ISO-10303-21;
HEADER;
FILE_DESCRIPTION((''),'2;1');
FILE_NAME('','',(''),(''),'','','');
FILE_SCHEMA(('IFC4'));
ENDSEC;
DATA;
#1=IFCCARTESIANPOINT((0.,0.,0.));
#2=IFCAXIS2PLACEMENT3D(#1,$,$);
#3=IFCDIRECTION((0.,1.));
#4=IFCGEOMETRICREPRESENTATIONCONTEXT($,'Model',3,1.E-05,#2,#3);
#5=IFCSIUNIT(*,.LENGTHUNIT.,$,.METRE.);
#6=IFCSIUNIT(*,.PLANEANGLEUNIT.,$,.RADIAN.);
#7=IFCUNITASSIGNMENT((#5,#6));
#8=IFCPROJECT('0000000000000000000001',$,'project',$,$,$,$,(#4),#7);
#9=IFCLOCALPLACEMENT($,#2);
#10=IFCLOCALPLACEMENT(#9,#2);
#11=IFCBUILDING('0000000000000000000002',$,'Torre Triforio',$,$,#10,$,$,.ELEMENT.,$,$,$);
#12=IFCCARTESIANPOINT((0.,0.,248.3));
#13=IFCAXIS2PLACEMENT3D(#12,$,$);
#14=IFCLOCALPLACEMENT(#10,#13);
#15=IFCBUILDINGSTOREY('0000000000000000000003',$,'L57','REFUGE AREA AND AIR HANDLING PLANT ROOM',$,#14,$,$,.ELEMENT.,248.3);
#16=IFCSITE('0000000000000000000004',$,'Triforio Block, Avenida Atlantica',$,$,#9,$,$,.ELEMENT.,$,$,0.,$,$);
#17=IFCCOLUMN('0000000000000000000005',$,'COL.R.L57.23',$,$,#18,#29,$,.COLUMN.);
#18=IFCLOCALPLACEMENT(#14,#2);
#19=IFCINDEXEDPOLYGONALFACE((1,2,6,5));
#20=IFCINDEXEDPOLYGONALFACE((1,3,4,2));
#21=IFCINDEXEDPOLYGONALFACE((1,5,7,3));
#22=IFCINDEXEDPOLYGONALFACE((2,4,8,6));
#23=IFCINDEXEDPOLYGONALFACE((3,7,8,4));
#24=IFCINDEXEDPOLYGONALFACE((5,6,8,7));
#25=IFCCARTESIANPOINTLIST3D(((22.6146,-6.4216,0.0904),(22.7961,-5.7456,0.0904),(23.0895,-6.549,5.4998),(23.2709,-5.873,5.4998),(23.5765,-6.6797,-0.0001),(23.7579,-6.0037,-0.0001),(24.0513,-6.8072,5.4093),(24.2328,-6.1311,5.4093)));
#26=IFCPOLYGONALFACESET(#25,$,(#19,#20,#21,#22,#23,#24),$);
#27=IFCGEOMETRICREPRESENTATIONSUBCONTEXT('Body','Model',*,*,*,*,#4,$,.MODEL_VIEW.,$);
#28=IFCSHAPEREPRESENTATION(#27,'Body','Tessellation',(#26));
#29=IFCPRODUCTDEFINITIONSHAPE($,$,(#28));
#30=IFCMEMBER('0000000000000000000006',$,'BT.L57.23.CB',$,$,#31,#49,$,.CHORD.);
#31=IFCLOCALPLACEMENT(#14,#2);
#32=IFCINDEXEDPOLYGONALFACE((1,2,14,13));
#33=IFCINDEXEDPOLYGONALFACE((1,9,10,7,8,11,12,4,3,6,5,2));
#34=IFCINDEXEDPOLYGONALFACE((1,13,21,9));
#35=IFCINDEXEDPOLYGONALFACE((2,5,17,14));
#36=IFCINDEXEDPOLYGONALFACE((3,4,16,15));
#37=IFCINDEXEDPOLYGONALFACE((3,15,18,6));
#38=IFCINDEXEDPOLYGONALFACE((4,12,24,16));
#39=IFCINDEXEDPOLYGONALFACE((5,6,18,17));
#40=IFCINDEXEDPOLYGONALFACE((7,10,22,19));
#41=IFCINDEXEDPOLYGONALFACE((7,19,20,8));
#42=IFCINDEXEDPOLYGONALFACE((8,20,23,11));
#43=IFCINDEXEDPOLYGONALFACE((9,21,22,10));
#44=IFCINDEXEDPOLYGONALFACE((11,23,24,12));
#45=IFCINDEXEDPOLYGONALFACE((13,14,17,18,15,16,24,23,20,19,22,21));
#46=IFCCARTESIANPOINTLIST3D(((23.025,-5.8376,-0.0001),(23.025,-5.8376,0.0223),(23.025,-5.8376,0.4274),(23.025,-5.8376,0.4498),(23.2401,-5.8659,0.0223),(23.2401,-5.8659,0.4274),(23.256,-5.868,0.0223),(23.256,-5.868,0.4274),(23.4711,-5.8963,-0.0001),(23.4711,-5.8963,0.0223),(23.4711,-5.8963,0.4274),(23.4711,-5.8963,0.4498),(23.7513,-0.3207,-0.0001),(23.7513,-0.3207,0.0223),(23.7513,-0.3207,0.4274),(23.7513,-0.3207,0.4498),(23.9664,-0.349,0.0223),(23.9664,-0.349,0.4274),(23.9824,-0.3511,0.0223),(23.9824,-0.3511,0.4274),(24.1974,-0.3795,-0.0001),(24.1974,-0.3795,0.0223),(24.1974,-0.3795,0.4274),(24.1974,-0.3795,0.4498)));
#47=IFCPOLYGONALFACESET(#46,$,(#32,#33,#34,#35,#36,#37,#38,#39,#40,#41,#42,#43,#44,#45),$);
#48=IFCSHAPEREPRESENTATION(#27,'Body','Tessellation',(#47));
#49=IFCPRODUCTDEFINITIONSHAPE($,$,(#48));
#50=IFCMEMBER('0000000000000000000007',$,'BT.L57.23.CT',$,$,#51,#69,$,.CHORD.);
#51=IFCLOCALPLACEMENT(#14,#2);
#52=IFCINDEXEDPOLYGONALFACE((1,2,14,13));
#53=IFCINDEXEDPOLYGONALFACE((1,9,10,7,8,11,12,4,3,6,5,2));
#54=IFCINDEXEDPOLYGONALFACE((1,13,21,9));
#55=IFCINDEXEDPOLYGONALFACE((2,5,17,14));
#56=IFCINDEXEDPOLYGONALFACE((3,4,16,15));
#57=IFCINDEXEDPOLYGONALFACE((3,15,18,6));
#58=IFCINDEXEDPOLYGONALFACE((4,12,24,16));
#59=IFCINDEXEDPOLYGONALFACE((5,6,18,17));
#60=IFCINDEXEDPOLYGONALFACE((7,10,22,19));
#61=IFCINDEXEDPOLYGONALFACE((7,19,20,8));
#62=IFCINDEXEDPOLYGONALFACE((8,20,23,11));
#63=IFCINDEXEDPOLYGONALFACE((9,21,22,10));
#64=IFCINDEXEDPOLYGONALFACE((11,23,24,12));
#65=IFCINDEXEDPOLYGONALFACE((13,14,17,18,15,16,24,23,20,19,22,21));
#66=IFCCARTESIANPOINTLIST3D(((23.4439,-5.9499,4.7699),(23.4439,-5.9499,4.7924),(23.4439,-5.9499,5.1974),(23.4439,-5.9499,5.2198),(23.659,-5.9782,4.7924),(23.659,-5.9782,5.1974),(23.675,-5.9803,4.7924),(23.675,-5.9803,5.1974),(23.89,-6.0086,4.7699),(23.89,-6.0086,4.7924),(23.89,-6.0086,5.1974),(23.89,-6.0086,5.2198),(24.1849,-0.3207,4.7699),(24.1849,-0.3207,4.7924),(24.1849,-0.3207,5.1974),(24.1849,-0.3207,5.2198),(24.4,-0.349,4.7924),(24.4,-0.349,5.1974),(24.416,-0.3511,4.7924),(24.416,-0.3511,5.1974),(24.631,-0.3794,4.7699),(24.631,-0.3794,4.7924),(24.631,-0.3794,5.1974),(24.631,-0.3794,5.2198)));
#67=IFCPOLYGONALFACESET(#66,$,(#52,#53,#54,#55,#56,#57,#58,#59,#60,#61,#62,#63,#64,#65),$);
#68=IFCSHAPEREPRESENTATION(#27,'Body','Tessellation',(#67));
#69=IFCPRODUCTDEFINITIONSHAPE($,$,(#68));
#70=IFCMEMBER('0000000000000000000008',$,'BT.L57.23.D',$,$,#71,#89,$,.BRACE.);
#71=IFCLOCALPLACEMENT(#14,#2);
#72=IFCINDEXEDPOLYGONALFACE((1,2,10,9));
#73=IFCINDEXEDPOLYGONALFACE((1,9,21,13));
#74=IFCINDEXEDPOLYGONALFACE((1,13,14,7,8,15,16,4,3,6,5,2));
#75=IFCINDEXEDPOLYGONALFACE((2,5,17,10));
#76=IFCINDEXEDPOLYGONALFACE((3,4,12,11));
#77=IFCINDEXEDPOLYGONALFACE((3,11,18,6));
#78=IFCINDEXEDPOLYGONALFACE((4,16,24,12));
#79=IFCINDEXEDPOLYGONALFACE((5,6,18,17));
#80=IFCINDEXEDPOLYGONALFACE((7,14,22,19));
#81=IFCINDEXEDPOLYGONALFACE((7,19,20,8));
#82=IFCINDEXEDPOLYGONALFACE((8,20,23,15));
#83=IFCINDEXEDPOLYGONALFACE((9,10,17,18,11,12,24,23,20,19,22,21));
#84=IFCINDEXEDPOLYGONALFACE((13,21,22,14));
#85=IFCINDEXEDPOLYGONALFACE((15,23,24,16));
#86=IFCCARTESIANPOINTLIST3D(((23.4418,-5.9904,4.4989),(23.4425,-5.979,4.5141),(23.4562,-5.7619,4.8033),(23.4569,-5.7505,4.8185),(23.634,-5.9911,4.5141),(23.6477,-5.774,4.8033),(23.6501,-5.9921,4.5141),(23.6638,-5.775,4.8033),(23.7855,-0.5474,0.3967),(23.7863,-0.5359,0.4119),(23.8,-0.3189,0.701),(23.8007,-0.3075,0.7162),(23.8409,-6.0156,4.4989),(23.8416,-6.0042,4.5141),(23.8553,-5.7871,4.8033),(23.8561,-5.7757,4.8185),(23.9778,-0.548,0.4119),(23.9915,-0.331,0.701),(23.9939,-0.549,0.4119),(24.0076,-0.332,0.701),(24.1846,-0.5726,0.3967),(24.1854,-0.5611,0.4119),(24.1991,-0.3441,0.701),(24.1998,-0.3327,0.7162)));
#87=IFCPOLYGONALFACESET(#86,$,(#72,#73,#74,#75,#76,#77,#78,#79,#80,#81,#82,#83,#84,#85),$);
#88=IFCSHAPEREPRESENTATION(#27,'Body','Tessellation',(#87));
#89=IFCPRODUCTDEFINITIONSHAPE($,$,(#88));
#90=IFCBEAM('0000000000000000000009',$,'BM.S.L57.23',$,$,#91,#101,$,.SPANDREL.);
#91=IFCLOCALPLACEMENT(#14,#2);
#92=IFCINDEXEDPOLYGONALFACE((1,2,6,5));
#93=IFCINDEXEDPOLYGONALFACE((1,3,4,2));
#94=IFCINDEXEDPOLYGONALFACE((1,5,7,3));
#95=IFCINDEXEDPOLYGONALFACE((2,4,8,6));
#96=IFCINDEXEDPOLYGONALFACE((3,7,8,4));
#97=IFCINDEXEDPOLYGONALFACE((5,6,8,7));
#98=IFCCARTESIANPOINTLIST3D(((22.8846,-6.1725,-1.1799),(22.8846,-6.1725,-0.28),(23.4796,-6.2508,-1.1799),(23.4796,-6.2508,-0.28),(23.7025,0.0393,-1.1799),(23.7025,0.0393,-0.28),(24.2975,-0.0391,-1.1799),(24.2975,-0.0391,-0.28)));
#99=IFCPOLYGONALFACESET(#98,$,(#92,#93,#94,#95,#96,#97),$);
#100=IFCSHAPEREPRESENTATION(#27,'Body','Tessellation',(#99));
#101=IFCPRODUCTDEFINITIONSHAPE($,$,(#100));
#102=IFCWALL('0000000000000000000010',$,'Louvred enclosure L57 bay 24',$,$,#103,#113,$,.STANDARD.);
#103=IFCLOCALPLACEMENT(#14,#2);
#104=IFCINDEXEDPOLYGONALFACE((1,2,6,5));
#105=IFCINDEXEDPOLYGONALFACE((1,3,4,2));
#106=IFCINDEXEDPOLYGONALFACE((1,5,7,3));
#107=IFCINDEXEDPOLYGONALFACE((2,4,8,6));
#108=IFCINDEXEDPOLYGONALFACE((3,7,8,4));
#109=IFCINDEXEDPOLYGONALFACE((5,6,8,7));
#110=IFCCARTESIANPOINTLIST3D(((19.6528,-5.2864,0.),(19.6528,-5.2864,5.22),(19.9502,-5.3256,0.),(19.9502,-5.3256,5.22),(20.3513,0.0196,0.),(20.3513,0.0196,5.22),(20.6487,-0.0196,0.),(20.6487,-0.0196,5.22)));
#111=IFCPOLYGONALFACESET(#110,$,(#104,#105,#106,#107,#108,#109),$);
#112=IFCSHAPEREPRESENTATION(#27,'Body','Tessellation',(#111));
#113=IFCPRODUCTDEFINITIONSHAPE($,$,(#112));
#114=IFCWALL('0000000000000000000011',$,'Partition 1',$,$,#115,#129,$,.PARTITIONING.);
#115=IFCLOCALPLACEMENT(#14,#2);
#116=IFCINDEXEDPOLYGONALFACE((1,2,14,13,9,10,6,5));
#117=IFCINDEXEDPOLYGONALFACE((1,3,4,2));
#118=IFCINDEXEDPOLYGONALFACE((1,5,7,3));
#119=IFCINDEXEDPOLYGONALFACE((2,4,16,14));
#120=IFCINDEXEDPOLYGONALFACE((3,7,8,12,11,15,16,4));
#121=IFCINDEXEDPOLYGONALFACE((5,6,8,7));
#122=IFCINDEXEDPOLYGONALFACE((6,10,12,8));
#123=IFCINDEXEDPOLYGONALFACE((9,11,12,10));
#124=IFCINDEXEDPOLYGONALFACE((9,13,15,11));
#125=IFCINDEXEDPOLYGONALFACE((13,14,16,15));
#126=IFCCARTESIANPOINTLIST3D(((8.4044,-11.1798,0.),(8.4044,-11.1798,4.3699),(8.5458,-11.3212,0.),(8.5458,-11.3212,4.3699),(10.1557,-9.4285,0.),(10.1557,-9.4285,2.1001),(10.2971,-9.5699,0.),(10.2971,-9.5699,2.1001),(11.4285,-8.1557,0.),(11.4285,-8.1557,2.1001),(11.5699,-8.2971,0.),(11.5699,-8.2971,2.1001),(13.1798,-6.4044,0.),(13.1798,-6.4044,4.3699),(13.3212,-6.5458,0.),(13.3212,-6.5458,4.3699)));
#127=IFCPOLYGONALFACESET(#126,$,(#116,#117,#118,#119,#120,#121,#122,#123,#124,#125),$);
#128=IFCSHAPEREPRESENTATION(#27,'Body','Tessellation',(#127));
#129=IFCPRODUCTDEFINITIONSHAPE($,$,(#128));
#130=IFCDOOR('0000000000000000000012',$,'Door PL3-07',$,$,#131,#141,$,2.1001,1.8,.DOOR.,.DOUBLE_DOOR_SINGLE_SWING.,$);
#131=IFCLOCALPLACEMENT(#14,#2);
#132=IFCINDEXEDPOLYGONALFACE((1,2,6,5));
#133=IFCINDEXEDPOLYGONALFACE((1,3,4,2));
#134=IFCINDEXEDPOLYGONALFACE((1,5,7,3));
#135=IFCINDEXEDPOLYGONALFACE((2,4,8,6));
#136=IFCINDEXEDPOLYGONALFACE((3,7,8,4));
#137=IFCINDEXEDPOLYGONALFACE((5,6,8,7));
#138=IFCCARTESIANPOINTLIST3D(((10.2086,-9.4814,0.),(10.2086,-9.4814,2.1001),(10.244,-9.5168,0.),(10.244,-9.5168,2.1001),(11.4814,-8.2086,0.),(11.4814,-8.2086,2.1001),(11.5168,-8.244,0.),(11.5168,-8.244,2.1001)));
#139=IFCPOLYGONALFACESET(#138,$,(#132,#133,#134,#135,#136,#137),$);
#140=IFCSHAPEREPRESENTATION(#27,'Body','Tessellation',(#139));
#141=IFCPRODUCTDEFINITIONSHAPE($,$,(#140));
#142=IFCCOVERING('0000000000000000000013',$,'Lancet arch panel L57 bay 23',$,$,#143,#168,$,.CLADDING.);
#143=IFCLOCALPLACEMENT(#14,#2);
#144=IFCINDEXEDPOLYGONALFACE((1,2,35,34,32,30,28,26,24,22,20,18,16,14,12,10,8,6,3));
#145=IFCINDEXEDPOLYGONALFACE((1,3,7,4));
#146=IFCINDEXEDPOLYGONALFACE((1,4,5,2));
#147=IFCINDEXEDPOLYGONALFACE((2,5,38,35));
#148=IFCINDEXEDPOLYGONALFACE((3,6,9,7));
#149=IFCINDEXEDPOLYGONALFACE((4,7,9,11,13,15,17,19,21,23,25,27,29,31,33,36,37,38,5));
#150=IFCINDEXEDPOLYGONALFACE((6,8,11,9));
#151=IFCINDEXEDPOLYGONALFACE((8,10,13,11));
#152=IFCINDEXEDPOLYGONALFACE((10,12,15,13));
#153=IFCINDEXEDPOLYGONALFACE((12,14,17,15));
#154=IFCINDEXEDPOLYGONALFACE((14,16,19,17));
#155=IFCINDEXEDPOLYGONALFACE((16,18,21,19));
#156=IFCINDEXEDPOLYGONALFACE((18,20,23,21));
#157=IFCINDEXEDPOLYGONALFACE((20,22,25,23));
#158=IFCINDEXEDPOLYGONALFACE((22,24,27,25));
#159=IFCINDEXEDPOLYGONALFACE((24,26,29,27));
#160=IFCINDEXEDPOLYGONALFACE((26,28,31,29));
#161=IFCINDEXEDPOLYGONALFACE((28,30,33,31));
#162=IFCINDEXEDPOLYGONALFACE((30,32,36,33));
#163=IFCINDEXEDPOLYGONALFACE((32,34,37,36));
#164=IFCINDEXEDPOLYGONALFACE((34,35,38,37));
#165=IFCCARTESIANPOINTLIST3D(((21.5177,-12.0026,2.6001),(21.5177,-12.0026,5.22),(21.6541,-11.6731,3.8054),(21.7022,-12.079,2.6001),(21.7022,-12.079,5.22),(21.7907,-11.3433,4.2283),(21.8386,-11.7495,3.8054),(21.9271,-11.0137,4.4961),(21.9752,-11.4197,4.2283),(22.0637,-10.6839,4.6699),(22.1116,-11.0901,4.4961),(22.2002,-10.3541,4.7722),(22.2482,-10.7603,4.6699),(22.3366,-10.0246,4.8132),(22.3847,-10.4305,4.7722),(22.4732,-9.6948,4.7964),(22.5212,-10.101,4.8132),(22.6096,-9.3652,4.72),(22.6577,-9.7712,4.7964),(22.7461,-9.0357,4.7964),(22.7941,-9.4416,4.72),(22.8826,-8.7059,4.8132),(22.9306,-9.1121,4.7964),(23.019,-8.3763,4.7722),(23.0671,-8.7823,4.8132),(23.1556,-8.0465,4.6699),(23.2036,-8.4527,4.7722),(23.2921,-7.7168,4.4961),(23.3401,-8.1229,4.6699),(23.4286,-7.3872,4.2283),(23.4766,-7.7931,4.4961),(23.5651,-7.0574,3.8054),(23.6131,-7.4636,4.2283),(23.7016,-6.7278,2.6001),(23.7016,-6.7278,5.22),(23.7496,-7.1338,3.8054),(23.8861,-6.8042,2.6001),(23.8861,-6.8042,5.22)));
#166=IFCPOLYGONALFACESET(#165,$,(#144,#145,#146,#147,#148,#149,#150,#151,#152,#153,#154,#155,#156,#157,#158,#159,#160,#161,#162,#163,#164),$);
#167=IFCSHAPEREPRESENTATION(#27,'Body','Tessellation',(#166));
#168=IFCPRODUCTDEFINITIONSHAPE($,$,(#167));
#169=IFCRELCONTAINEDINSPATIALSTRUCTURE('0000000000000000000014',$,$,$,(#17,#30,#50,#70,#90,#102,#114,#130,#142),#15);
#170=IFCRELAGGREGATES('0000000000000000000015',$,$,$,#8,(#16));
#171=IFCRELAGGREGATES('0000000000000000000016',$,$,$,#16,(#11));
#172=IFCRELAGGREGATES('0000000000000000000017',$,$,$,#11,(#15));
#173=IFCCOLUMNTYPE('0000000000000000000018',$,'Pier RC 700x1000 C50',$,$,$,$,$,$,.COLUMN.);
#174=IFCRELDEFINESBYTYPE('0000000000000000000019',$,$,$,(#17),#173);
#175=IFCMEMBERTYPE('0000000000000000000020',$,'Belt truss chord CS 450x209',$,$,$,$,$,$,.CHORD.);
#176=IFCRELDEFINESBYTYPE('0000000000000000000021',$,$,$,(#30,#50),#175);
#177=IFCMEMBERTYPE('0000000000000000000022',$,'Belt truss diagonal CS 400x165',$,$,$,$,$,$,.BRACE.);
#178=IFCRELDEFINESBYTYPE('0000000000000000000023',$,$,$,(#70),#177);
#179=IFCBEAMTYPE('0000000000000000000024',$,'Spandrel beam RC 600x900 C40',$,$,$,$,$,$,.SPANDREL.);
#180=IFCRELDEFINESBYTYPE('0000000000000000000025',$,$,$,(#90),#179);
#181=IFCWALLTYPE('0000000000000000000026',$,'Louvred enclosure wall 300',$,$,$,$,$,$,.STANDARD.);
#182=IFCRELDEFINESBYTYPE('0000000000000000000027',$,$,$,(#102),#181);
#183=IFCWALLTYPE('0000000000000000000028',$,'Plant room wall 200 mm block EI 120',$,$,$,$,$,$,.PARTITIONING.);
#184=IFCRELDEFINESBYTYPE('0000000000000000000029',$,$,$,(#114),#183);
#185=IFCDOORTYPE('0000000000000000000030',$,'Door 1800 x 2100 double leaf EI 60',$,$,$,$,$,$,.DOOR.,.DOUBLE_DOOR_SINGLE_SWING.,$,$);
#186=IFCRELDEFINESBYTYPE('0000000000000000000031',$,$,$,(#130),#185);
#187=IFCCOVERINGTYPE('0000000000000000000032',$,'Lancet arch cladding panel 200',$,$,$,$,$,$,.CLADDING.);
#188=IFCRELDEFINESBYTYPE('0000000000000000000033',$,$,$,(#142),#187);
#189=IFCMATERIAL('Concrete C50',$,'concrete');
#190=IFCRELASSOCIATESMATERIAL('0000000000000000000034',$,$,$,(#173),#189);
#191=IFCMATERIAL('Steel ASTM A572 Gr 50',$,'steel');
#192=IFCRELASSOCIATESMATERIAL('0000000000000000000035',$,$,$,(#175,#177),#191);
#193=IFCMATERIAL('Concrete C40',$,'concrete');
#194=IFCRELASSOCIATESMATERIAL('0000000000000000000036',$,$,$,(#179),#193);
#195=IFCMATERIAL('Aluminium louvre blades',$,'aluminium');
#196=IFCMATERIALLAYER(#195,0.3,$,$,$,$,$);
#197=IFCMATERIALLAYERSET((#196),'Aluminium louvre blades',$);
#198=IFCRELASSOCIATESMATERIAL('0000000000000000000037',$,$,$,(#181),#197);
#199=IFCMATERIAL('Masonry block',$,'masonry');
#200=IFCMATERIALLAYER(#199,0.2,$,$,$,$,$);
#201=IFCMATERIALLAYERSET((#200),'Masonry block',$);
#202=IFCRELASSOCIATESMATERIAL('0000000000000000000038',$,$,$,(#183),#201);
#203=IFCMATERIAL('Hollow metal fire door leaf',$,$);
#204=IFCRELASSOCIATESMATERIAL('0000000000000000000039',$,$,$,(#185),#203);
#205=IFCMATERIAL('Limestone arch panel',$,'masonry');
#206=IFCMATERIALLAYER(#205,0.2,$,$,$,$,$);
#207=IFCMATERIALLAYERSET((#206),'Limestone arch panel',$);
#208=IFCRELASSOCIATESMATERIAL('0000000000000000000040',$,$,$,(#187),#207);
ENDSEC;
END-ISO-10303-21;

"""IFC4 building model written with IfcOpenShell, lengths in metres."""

from ifc_helpers import new_model, si_unit, direction, frame, frame_2d, origin, origin_2d, place, context, subcontext, project, spatial, polyline, rectangle, i_section, outline, extrude, material, layer, layer_set, material_profile, profile_set, type_object, element, fill, save


model = new_model("IFC4")

# Units and contexts
model_context = context("Model", 3, precision=1e-05, world=origin(), true_north=direction((0.0, 1.0)))
body_context = subcontext(model_context, "Body", "Model", "MODEL_VIEW")
ifc_project = project(units=[si_unit("LENGTHUNIT", "METRE"), si_unit("PLANEANGLEUNIT", "RADIAN")], contexts=[model_context])

# Site, building, storey
site_placement = place(None, origin())
site = spatial("IfcSite", under=ifc_project, at=site_placement, Name="Triforio Block, Avenida Atlantica", CompositionType="ELEMENT", RefElevation=0.0)
building_placement = place(site_placement, origin())
building = spatial("IfcBuilding", under=site, at=building_placement, Name="Torre Triforio", CompositionType="ELEMENT")
storey_placement = place(building_placement, frame((0.0, 0.0, 248.3)))
storey = spatial("IfcBuildingStorey", under=building, at=storey_placement, Name="L57", Description="REFUGE AREA AND AIR HANDLING PLANT ROOM", CompositionType="ELEMENT", Elevation=248.3)

# Column
ifc_material_1 = material(Name="Concrete C50", Category="concrete")
ifc_material_profile_1 = material_profile(ifc_material_1, rectangle(XDim=0.7, YDim=1.0, at=origin_2d()), Name="RC 700x1000")
ifc_profile_set_1 = profile_set([ifc_material_profile_1], Name="Concrete C50")
column_type = type_object("IfcColumnType", Name="Pier RC 700x1000 C50", PredefinedType="COLUMN", material=ifc_profile_set_1)
column_placement = place(storey_placement, frame((23.1863, -6.2126, 0.0452), z_axis=(0.087422, -0.023462, 0.995895), x_axis=(0.259208, 0.965822, 0.0)))
element("IfcColumn", 1, at=column_placement, inside=storey, type_object=column_type, Name="COL.R.L57.23", PredefinedType="COLUMN", context=body_context, shape_type="SweptSolid", body=[
    extrude(rectangle(XDim=0.7, YDim=1.0, at=origin_2d()), origin(), (0.0, 0.0, 1.0), 5.4316),
])

# Members
ifc_material_2 = material(Name="Steel ASTM A572 Gr 50", Category="steel")
ifc_material_profile_2 = material_profile(ifc_material_2, i_section(OverallWidth=0.45, OverallDepth=0.45, WebThickness=0.0161, FlangeThickness=0.0225, at=origin_2d()), Name="CS 450x209")
ifc_profile_set_2 = profile_set([ifc_material_profile_2], Name="Steel ASTM A572 Gr 50")
member_type_1 = type_object("IfcMemberType", Name="Belt truss chord CS 450x209", PredefinedType="CHORD", material=ifc_profile_set_2)
member_1_placement = place(storey_placement, frame((23.248, -5.8669, 0.2249), z_axis=(0.130528, 0.991445, 0.0), x_axis=(-0.991445, 0.130528, 0.0)))
element("IfcMember", 2, at=member_1_placement, inside=storey, type_object=member_type_1, Name="BT.L57.23.CB", PredefinedType="CHORD", context=body_context, shape_type="SweptSolid", body=[
    extrude(i_section(OverallWidth=0.45, OverallDepth=0.45, WebThickness=0.0161, FlangeThickness=0.0225, at=origin_2d()), origin(), (0.0, 0.0, 1.0), 5.5645),
])
member_2_placement = place(storey_placement, frame((23.667, -5.9792, 4.9949), z_axis=(0.130505, 0.991448, 0.0), x_axis=(-0.991448, 0.130505, 0.0)))
element("IfcMember", 3, at=member_2_placement, inside=storey, type_object=member_type_1, Name="BT.L57.23.CT", PredefinedType="CHORD", context=body_context, shape_type="SweptSolid", body=[
    extrude(i_section(OverallWidth=0.45, OverallDepth=0.45, WebThickness=0.0161, FlangeThickness=0.0225, at=origin_2d()), origin(), (0.0, 0.0, 1.0), 5.6777),
])
ifc_material_profile_3 = material_profile(ifc_material_2, i_section(OverallWidth=0.3999, OverallDepth=0.3999, WebThickness=0.0161, FlangeThickness=0.019, at=origin_2d()), Name="CS 400x165")
ifc_profile_set_3 = profile_set([ifc_material_profile_3], Name="Steel ASTM A572 Gr 50")
member_type_2 = type_object("IfcMemberType", Name="Belt truss diagonal CS 400x165", PredefinedType="BRACE", material=ifc_profile_set_3)
member_3_placement = place(storey_placement, frame((23.6489, -5.8831, 4.6587), z_axis=(0.05037, 0.797579, -0.601108), x_axis=(-0.998012, 0.063028, 0.0)))
element("IfcMember", 4, at=member_3_placement, inside=storey, type_object=member_type_2, Name="BT.L57.23.D", PredefinedType="BRACE", context=body_context, shape_type="SweptSolid", body=[
    extrude(i_section(OverallWidth=0.3999, OverallDepth=0.3999, WebThickness=0.0161, FlangeThickness=0.019, at=origin_2d()), origin(), (0.0, 0.0, 1.0), 6.8245),
])

# Beam
ifc_material_3 = material(Name="Concrete C40", Category="concrete")
ifc_material_profile_4 = material_profile(ifc_material_3, rectangle(XDim=0.6001, YDim=0.8999, at=origin_2d()), Name="RC 600x900")
ifc_profile_set_4 = profile_set([ifc_material_profile_4], Name="Concrete C40")
beam_type = type_object("IfcBeamType", Name="Spandrel beam RC 600x900 C40", PredefinedType="SPANDREL", material=ifc_profile_set_4)
beam_placement = place(storey_placement, frame((23.1821, -6.2117, -0.73), z_axis=(0.13054, 0.991443, 0.0), x_axis=(-0.991443, 0.13054, 0.0)))
element("IfcBeam", 5, at=beam_placement, inside=storey, type_object=beam_type, Name="BM.S.L57.23", PredefinedType="SPANDREL", context=body_context, shape_type="SweptSolid", body=[
    extrude(rectangle(XDim=0.6001, YDim=0.8999, at=origin_2d()), origin(), (0.0, 0.0, 1.0), 6.2654),
])

# Shared definitions
ifc_material_4 = material(Name="Aluminium louvre blades", Category="aluminium")
ifc_layer_1 = layer(ifc_material_4, 0.3)
ifc_layer_set_1 = layer_set([ifc_layer_1], Name="Aluminium louvre blades")
wall_type_1 = type_object("IfcWallType", Name="Louvred enclosure wall 300", PredefinedType="STANDARD", material=ifc_layer_set_1)

# Wall
wall_1_placement = place(storey_placement, frame((19.8015, -5.3059, 0.0), z_axis=(0.0, 0.0, 1.0), x_axis=(0.130517, 0.991446, 0.0)))
element("IfcWall", 6, at=wall_1_placement, inside=storey, type_object=wall_type_1, Name="Louvred enclosure L57 bay 24", PredefinedType="STANDARD", context=body_context, shape_type="SweptSolid", body=[
    extrude(rectangle(XDim=5.3518, YDim=0.3, at=frame_2d((2.6758, 0.0))), origin(), (0.0, 0.0, 1.0), 5.22),
])

# Wall, opening, door
ifc_material_5 = material(Name="Masonry block", Category="masonry")
ifc_layer_2 = layer(ifc_material_5, 0.2)
ifc_layer_set_2 = layer_set([ifc_layer_2], Name="Masonry block")
wall_type_2 = type_object("IfcWallType", Name="Plant room wall 200 mm block EI 120", PredefinedType="PARTITIONING", material=ifc_layer_set_2)
wall_2_placement = place(storey_placement, frame((13.2505, -6.4751, 0.0), z_axis=(0.0, 0.0, 1.0), x_axis=(-0.707107, -0.707107, 0.0)))
wall_2 = element("IfcWall", 7, at=wall_2_placement, inside=storey, type_object=wall_type_2, Name="Partition 1", PredefinedType="PARTITIONING", context=body_context, shape_type="SweptSolid", body=[
    extrude(rectangle(XDim=6.7534, YDim=0.2, at=frame_2d((3.3767, 0.0))), origin(), (0.0, 0.0, 1.0), 4.3699),
])
opening_1_placement = place(wall_2_placement, frame((2.4768, 0.0, 0.0)))
opening_1 = element("IfcOpeningElement", 8, at=opening_1_placement, cuts=wall_2, PredefinedType="OPENING", context=body_context, shape_type="SweptSolid", body=[
    extrude(rectangle(XDim=1.8, YDim=2.1001, at=frame_2d((0.8999, 1.05))), frame((0.0, 0.1099, 0.0), z_axis=(0.0, -1.0, 0.0), x_axis=(1.0, 0.0, 0.0)), (0.0, 0.0, 1.0), 0.22),
])
ifc_material_6 = material(Name="Hollow metal fire door leaf")
door_type_1 = type_object("IfcDoorType", Name="Door 1800 x 2100 double leaf EI 60", OperationType="DOUBLE_DOOR_SINGLE_SWING", PredefinedType="DOOR", material=ifc_material_6)
door_1_placement = place(opening_1_placement, origin())
door_1 = element("IfcDoor", 9, at=door_1_placement, inside=storey, type_object=door_type_1, Name="Door PL3-07", OperationType="DOUBLE_DOOR_SINGLE_SWING", OverallHeight=2.1001, OverallWidth=1.8, PredefinedType="DOOR", context=body_context, shape_type="SweptSolid", body=[
    extrude(rectangle(XDim=1.8, YDim=2.1001, at=frame_2d((0.8999, 1.05))), frame((0.0, 0.0249, 0.0), z_axis=(0.0, -1.0, 0.0), x_axis=(1.0, 0.0, 0.0)), (0.0, 0.0, 1.0), 0.05),
])
fill(opening_1, door_1)

# Covering
ifc_material_7 = material(Name="Limestone arch panel", Category="masonry")
ifc_layer_3 = layer(ifc_material_7, 0.2)
ifc_layer_set_3 = layer_set([ifc_layer_3], Name="Limestone arch panel")
covering_type_1 = type_object("IfcCoveringType", Name="Lancet arch cladding panel 200", PredefinedType="CLADDING", material=ifc_layer_set_3)
covering_1_placement = place(storey_placement, frame((22.6096, -9.3652, 0.0), z_axis=(0.923942, -0.382532, 0.0), x_axis=(0.382532, 0.923942, 0.0)))
element("IfcCovering", 10, at=covering_1_placement, inside=storey, type_object=covering_type_1, Name="Lancet arch panel L57 bay 23", PredefinedType="CLADDING", context=body_context, shape_type="SweptSolid", body=[
    extrude(outline(polyline([(-2.8545, 5.22), (-2.8545, 2.6001), (-2.4978, 3.8054), (-2.1409, 4.2283), (-1.7842, 4.4961), (-1.4272, 4.6699), (-1.0703, 4.7722), (-0.7136, 4.8132), (-0.3567, 4.7964), (0.0, 4.72), (0.3567, 4.7964), (0.7136, 4.8132), (1.0703, 4.7722), (1.4272, 4.6699), (1.7842, 4.4961), (2.1409, 4.2283), (2.4978, 3.8054), (2.8545, 2.6001), (2.8545, 5.22), (-2.8545, 5.22)])), origin(), (0.0, 0.0, 1.0), 0.1997),
])

save(model, "model.ifc")
